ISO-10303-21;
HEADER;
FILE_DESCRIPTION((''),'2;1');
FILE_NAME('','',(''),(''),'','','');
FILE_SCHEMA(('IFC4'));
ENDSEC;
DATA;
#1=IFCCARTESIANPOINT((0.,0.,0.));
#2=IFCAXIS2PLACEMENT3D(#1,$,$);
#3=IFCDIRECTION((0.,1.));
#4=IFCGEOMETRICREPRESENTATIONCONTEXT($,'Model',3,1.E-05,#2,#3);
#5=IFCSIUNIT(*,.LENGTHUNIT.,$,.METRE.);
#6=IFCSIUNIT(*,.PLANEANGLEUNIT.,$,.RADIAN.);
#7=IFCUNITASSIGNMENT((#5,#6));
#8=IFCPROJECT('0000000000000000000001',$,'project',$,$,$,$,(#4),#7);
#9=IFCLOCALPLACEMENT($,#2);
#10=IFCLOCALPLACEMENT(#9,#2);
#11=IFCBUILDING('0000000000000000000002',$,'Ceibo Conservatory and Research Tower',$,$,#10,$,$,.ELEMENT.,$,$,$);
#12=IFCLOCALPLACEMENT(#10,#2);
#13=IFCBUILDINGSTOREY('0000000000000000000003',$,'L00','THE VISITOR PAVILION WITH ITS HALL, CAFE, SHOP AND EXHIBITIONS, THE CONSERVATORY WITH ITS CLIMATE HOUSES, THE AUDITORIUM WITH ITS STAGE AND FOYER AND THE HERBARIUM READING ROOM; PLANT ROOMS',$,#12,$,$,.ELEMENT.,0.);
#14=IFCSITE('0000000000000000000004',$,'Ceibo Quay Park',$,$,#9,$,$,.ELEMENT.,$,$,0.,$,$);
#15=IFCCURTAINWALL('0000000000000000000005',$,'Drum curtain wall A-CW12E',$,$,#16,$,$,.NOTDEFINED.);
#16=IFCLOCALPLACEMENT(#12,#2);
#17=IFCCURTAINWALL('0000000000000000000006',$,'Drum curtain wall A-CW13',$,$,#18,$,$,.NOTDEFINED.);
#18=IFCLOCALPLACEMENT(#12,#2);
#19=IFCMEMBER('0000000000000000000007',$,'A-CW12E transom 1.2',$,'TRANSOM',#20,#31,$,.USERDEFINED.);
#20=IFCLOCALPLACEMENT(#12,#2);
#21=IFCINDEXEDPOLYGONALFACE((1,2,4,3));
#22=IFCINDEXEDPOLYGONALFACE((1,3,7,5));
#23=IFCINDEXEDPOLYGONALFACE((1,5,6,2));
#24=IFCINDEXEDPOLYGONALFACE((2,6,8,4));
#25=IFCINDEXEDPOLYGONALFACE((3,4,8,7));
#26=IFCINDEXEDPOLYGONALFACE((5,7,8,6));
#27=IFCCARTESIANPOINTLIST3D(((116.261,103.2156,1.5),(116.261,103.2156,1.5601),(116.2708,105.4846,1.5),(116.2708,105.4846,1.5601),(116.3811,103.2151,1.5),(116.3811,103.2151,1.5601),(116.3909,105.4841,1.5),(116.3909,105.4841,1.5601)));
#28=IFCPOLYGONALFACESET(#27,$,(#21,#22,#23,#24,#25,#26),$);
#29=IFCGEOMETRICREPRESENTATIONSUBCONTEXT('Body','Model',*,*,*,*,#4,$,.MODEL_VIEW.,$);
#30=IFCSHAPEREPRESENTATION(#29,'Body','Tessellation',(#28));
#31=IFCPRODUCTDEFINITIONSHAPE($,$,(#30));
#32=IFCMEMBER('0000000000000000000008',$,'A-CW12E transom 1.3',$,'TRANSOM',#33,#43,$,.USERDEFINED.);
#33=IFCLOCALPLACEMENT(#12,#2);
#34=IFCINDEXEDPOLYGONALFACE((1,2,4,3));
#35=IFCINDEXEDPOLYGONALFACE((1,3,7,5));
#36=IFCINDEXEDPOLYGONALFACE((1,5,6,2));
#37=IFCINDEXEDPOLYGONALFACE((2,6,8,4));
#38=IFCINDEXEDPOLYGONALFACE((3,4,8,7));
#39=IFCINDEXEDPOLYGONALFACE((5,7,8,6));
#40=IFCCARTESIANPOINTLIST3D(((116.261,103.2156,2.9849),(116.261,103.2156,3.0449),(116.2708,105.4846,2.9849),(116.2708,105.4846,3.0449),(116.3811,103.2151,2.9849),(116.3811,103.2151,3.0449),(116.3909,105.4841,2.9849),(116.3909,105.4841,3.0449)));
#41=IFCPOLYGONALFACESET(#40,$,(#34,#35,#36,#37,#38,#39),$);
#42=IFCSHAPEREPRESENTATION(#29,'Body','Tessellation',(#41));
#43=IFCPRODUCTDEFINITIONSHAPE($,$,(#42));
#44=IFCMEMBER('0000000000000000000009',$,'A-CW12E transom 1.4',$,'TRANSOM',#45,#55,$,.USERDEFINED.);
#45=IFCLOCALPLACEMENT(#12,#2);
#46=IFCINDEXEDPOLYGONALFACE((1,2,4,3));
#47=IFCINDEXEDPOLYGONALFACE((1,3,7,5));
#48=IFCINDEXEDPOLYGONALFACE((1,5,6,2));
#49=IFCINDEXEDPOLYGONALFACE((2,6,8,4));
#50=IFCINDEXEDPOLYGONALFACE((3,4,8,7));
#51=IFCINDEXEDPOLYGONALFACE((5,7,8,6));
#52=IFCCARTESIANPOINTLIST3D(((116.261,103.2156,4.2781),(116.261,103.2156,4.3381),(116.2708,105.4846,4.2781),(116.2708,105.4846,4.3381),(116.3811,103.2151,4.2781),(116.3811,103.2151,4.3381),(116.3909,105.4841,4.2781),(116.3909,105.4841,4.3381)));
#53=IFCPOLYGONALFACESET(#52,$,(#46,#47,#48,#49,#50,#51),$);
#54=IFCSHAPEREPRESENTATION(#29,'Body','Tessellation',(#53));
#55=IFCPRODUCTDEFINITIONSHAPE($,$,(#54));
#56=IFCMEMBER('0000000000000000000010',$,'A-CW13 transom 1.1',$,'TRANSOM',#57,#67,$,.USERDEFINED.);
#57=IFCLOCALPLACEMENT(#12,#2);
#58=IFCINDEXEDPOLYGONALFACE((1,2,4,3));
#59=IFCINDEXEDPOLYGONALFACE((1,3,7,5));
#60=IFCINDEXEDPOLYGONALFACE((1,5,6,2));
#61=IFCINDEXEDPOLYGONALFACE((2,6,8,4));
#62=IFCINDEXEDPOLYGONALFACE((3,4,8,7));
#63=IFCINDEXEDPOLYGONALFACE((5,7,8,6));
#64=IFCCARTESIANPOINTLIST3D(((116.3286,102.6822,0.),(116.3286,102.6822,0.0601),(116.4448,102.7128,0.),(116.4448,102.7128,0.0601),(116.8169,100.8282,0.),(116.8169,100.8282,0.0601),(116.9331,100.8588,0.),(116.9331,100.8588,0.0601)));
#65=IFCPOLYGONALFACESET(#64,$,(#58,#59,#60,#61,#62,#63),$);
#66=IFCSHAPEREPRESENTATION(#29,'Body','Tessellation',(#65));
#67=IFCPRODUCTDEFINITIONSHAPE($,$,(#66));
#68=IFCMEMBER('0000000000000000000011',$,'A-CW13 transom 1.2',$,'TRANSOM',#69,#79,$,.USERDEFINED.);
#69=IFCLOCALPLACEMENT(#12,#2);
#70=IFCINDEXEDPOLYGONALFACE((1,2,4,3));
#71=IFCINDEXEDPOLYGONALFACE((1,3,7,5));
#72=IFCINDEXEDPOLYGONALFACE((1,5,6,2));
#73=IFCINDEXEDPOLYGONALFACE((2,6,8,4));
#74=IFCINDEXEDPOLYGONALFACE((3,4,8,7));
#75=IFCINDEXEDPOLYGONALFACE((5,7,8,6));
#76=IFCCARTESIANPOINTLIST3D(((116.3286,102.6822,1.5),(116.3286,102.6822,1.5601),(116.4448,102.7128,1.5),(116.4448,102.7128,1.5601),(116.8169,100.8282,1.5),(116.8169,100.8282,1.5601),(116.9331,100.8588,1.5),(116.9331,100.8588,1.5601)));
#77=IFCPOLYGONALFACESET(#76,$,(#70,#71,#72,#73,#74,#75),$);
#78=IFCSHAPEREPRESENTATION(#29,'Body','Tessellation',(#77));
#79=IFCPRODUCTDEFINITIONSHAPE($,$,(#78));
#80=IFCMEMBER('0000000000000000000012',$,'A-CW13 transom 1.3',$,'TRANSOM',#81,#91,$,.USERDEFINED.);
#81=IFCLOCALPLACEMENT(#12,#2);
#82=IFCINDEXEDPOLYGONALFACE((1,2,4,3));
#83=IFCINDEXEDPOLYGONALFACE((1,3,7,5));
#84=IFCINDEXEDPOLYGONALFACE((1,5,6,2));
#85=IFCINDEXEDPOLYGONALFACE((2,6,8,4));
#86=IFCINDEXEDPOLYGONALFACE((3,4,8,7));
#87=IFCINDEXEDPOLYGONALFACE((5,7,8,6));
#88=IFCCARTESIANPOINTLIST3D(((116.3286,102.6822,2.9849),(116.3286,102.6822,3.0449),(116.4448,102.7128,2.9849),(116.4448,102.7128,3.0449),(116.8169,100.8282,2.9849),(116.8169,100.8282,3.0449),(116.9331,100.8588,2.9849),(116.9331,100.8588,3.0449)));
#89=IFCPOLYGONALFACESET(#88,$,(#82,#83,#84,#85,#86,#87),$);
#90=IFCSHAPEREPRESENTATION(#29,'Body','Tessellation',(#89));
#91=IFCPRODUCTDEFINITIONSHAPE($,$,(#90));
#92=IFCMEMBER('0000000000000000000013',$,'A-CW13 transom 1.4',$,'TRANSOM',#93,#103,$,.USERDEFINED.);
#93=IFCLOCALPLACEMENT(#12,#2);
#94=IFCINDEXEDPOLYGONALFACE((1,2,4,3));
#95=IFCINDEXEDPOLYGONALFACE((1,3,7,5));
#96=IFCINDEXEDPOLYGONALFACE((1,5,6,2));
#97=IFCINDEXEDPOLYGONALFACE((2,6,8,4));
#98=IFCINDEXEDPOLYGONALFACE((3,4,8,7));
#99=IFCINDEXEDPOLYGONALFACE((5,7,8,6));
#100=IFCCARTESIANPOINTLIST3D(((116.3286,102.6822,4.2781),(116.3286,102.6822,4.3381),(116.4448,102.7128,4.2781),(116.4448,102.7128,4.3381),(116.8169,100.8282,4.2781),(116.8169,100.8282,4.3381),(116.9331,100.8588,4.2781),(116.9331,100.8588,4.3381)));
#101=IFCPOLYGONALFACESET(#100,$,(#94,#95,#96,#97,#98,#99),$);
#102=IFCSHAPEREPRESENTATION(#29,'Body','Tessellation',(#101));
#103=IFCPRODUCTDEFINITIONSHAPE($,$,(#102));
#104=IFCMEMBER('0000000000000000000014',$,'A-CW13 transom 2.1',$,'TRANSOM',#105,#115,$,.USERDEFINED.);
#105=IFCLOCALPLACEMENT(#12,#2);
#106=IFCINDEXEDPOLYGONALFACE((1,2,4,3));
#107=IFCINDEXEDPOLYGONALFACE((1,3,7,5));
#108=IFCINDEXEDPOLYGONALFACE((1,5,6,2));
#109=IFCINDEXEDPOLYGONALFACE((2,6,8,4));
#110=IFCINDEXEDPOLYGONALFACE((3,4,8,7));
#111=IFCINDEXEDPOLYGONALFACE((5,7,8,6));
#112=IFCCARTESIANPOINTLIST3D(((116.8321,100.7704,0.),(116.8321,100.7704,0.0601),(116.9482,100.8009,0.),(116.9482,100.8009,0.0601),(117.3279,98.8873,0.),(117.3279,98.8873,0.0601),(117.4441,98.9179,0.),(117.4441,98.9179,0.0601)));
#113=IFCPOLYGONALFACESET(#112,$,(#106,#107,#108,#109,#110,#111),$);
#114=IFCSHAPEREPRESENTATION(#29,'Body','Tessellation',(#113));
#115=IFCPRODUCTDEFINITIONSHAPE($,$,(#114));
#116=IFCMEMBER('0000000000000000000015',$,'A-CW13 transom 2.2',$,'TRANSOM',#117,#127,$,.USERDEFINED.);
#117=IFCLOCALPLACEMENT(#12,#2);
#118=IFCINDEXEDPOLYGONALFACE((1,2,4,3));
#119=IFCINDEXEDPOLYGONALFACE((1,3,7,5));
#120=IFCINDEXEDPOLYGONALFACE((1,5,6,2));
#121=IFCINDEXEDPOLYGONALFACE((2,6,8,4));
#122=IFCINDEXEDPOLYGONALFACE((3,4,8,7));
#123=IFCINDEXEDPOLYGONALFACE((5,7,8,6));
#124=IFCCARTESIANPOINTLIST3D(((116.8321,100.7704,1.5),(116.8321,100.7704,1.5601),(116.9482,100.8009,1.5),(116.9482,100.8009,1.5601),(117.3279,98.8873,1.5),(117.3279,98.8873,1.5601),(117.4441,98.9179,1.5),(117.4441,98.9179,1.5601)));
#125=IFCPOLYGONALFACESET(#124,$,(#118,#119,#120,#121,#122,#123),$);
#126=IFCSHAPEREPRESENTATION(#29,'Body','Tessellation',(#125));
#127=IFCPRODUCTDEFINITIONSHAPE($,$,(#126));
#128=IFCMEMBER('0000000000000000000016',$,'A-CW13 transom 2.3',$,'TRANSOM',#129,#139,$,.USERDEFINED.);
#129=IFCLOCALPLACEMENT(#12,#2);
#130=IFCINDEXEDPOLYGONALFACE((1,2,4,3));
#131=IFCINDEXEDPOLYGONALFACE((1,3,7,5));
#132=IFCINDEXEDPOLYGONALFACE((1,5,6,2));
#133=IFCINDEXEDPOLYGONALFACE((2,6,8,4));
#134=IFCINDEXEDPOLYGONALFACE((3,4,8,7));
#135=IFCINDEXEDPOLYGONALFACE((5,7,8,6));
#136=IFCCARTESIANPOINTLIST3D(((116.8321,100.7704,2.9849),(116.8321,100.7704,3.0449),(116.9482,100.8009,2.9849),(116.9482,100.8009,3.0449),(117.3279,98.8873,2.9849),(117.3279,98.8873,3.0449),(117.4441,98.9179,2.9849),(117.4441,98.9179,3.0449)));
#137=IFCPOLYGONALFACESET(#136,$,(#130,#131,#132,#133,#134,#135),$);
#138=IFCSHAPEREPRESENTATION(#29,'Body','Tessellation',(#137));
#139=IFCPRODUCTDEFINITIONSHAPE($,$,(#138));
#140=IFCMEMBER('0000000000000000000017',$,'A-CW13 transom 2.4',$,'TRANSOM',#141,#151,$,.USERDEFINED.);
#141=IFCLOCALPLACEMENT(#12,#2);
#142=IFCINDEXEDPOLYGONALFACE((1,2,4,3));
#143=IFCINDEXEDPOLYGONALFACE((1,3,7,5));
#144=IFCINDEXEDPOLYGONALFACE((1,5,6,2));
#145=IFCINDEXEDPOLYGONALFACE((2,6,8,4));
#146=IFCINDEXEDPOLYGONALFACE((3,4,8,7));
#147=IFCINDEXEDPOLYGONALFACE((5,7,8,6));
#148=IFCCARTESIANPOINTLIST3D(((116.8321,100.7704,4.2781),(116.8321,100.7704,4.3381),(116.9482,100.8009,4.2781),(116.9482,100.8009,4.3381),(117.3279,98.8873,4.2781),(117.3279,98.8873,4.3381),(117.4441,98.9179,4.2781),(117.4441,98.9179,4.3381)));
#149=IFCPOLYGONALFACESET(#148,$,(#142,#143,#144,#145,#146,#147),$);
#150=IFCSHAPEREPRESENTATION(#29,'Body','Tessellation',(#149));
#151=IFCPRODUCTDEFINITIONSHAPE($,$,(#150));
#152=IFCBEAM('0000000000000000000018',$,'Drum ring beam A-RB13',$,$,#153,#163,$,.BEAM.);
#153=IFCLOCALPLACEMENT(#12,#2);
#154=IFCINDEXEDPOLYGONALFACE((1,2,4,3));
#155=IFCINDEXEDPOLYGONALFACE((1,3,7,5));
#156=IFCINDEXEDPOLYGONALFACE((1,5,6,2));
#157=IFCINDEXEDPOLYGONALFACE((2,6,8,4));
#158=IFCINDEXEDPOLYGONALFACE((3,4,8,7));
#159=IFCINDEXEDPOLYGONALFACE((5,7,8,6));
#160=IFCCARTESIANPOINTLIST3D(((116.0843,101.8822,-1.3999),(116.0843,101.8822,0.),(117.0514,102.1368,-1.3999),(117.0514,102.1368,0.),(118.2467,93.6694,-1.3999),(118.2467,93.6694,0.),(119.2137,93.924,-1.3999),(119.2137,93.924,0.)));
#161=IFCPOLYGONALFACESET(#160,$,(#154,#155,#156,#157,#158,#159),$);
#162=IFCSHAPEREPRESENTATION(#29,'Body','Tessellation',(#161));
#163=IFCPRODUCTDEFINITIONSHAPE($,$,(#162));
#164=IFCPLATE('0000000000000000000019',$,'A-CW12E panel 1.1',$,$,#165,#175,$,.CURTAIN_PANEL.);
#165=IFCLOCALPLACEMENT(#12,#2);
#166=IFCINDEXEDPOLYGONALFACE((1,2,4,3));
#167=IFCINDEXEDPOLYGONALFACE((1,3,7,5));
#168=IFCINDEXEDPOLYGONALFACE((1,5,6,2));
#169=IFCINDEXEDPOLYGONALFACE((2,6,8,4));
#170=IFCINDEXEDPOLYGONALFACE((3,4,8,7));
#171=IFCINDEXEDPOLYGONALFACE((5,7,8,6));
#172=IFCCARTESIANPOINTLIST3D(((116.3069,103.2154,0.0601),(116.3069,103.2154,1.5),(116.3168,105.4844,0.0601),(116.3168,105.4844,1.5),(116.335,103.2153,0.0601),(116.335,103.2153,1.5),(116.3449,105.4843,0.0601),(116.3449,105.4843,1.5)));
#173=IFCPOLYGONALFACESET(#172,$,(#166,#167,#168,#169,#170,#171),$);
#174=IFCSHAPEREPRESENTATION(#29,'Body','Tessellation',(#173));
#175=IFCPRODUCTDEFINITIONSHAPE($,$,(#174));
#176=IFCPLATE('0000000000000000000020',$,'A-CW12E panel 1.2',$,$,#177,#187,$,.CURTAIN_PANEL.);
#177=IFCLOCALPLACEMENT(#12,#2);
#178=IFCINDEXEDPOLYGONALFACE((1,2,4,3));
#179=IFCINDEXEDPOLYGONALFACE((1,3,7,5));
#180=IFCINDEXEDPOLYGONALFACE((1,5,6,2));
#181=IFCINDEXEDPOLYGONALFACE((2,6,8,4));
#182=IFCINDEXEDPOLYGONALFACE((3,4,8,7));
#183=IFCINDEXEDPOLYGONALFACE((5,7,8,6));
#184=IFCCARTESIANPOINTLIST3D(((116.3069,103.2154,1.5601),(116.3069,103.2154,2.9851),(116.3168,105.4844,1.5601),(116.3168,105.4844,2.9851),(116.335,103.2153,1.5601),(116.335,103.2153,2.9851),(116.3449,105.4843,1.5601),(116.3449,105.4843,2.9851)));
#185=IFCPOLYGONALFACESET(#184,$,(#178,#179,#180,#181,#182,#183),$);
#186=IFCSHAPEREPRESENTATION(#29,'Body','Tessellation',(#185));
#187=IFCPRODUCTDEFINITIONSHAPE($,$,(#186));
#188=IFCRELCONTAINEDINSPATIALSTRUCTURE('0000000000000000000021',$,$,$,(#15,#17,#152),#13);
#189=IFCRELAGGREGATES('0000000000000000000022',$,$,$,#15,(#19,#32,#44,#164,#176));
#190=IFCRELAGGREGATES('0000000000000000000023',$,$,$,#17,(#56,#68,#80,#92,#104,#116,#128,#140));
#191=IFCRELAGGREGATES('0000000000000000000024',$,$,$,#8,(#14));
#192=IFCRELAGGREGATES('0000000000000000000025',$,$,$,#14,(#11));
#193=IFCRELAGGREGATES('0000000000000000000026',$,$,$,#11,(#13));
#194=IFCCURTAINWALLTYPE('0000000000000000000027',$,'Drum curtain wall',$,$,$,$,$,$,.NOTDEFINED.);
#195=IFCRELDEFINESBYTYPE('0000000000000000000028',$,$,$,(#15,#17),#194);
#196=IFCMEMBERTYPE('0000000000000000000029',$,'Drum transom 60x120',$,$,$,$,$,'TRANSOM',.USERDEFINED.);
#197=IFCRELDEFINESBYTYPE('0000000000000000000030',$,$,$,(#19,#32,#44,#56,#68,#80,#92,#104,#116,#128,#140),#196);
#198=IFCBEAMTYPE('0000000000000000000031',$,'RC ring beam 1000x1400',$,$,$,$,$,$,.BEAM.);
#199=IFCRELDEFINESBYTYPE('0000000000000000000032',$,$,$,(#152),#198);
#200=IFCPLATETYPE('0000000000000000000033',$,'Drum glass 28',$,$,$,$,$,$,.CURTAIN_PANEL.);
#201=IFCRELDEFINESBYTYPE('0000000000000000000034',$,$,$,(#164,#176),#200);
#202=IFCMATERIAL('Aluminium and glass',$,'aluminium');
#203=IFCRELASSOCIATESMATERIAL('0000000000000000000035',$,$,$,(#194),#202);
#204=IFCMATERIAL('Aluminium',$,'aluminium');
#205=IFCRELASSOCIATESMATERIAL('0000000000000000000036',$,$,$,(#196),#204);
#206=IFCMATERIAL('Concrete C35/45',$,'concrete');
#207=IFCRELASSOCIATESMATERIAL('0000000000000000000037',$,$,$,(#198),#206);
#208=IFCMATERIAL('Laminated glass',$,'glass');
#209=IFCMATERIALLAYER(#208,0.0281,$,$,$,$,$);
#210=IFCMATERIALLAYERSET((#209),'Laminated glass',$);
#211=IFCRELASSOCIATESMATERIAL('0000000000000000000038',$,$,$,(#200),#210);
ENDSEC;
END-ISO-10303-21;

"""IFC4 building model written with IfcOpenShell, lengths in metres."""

from ifc_helpers import new_model, si_unit, direction, frame, origin, origin_2d, place, context, subcontext, project, spatial, rectangle, extrude, material, layer, layer_set, material_profile, profile_set, type_object, element, aggregate, save


model = new_model("IFC4")

# Units and contexts
model_context = context("Model", 3, precision=1e-05, world=origin(), true_north=direction((0.0, 1.0)))
body_context = subcontext(model_context, "Body", "Model", "MODEL_VIEW")
ifc_project = project(units=[si_unit("LENGTHUNIT", "METRE"), si_unit("PLANEANGLEUNIT", "RADIAN")], contexts=[model_context])

# Site, building, storey
site_placement = place(None, origin())
site = spatial("IfcSite", under=ifc_project, at=site_placement, Name="Ceibo Quay Park", CompositionType="ELEMENT", RefElevation=0.0)
building_placement = place(site_placement, origin())
building = spatial("IfcBuilding", under=site, at=building_placement, Name="Ceibo Conservatory and Research Tower", CompositionType="ELEMENT")
storey_placement = place(building_placement, origin())
storey = spatial("IfcBuildingStorey", under=building, at=storey_placement, Name="L00", Description="THE VISITOR PAVILION WITH ITS HALL, CAFE, SHOP AND EXHIBITIONS, THE CONSERVATORY WITH ITS CLIMATE HOUSES, THE AUDITORIUM WITH ITS STAGE AND FOYER AND THE HERBARIUM READING ROOM; PLANT ROOMS", CompositionType="ELEMENT", Elevation=0.0)

# Shared definitions
ifc_material_1 = material(Name="Concrete C35/45", Category="concrete")

# Curtain wall
ifc_material_2 = material(Name="Aluminium and glass", Category="aluminium")
curtain_wall_type = type_object("IfcCurtainWallType", Name="Drum curtain wall", PredefinedType="NOTDEFINED", material=ifc_material_2)
ifc_material_3 = material(Name="Aluminium", Category="aluminium")
curtain_wall_1_placement = place(storey_placement, origin())
curtain_wall_1 = element("IfcCurtainWall", 1, at=curtain_wall_1_placement, inside=storey, type_object=curtain_wall_type, Name="Drum curtain wall A-CW12E", PredefinedType="NOTDEFINED")

# Curtain wall
curtain_wall_2_placement = place(storey_placement, origin())
curtain_wall_2 = element("IfcCurtainWall", 2, at=curtain_wall_2_placement, inside=storey, type_object=curtain_wall_type, Name="Drum curtain wall A-CW13", PredefinedType="NOTDEFINED")

# Members
ifc_material_profile_1 = material_profile(ifc_material_3, rectangle(XDim=0.1201, YDim=0.0601, at=origin_2d()), Name="AL 60x120")
ifc_profile_set_1 = profile_set([ifc_material_profile_1], Name="Aluminium")
member_type_1 = type_object("IfcMemberType", Name="Drum transom 60x120", ElementType="TRANSOM", PredefinedType="USERDEFINED", material=ifc_profile_set_1)
member_1_placement = place(storey_placement, frame((116.3308, 105.4844, 1.53), z_axis=(-0.004304, -0.999991, 0.0), x_axis=(0.999991, -0.004304, 0.0)))
member_1 = element("IfcMember", 3, at=member_1_placement, type_object=member_type_1, Name="A-CW12E transom 1.2", ObjectType="TRANSOM", PredefinedType="USERDEFINED", context=body_context, shape_type="SweptSolid", body=[
    extrude(rectangle(XDim=0.1201, YDim=0.0601, at=origin_2d()), origin(), (0.0, 0.0, 1.0), 2.269),
])
member_2_placement = place(storey_placement, frame((116.3308, 105.4844, 3.0149), z_axis=(-0.004304, -0.999991, 0.0), x_axis=(0.999991, -0.004304, 0.0)))
member_2 = element("IfcMember", 4, at=member_2_placement, type_object=member_type_1, Name="A-CW12E transom 1.3", ObjectType="TRANSOM", PredefinedType="USERDEFINED", context=body_context, shape_type="SweptSolid", body=[
    extrude(rectangle(XDim=0.1201, YDim=0.0601, at=origin_2d()), origin(), (0.0, 0.0, 1.0), 2.269),
])
member_3_placement = place(storey_placement, frame((116.3308, 105.4844, 4.3081), z_axis=(-0.004304, -0.999991, 0.0), x_axis=(0.999991, -0.004304, 0.0)))
member_3 = element("IfcMember", 5, at=member_3_placement, type_object=member_type_1, Name="A-CW12E transom 1.4", ObjectType="TRANSOM", PredefinedType="USERDEFINED", context=body_context, shape_type="SweptSolid", body=[
    extrude(rectangle(XDim=0.1201, YDim=0.0601, at=origin_2d()), origin(), (0.0, 0.0, 1.0), 2.269),
])
member_4_placement = place(storey_placement, frame((116.3867, 102.6975, 0.03), z_axis=(0.254681, -0.967025, 0.0), x_axis=(0.967025, 0.254681, 0.0)))
member_4 = element("IfcMember", 6, at=member_4_placement, type_object=member_type_1, Name="A-CW13 transom 1.1", ObjectType="TRANSOM", PredefinedType="USERDEFINED", context=body_context, shape_type="SweptSolid", body=[
    extrude(rectangle(XDim=0.1201, YDim=0.0601, at=origin_2d()), origin(), (0.0, 0.0, 1.0), 1.9172),
])
member_5_placement = place(storey_placement, frame((116.3867, 102.6975, 1.53), z_axis=(0.254681, -0.967025, 0.0), x_axis=(0.967025, 0.254681, 0.0)))
member_5 = element("IfcMember", 7, at=member_5_placement, type_object=member_type_1, Name="A-CW13 transom 1.2", ObjectType="TRANSOM", PredefinedType="USERDEFINED", context=body_context, shape_type="SweptSolid", body=[
    extrude(rectangle(XDim=0.1201, YDim=0.0601, at=origin_2d()), origin(), (0.0, 0.0, 1.0), 1.9172),
])
member_6_placement = place(storey_placement, frame((116.3867, 102.6975, 3.0149), z_axis=(0.254681, -0.967025, 0.0), x_axis=(0.967025, 0.254681, 0.0)))
member_6 = element("IfcMember", 8, at=member_6_placement, type_object=member_type_1, Name="A-CW13 transom 1.3", ObjectType="TRANSOM", PredefinedType="USERDEFINED", context=body_context, shape_type="SweptSolid", body=[
    extrude(rectangle(XDim=0.1201, YDim=0.0601, at=origin_2d()), origin(), (0.0, 0.0, 1.0), 1.9172),
])
member_7_placement = place(storey_placement, frame((116.3867, 102.6975, 4.3081), z_axis=(0.254681, -0.967025, 0.0), x_axis=(0.967025, 0.254681, 0.0)))
member_7 = element("IfcMember", 9, at=member_7_placement, type_object=member_type_1, Name="A-CW13 transom 1.4", ObjectType="TRANSOM", PredefinedType="USERDEFINED", context=body_context, shape_type="SweptSolid", body=[
    extrude(rectangle(XDim=0.1201, YDim=0.0601, at=origin_2d()), origin(), (0.0, 0.0, 1.0), 1.9172),
])
member_8_placement = place(storey_placement, frame((116.8901, 100.7856, 0.03), z_axis=(0.254641, -0.967036, 0.0), x_axis=(0.967036, 0.254641, 0.0)))
member_8 = element("IfcMember", 10, at=member_8_placement, type_object=member_type_1, Name="A-CW13 transom 2.1", ObjectType="TRANSOM", PredefinedType="USERDEFINED", context=body_context, shape_type="SweptSolid", body=[
    extrude(rectangle(XDim=0.1201, YDim=0.0601, at=origin_2d()), origin(), (0.0, 0.0, 1.0), 1.9473),
])
member_9_placement = place(storey_placement, frame((116.8901, 100.7856, 1.53), z_axis=(0.254641, -0.967036, 0.0), x_axis=(0.967036, 0.254641, 0.0)))
member_9 = element("IfcMember", 11, at=member_9_placement, type_object=member_type_1, Name="A-CW13 transom 2.2", ObjectType="TRANSOM", PredefinedType="USERDEFINED", context=body_context, shape_type="SweptSolid", body=[
    extrude(rectangle(XDim=0.1201, YDim=0.0601, at=origin_2d()), origin(), (0.0, 0.0, 1.0), 1.9473),
])
member_10_placement = place(storey_placement, frame((116.8901, 100.7856, 3.0149), z_axis=(0.254641, -0.967036, 0.0), x_axis=(0.967036, 0.254641, 0.0)))
member_10 = element("IfcMember", 12, at=member_10_placement, type_object=member_type_1, Name="A-CW13 transom 2.3", ObjectType="TRANSOM", PredefinedType="USERDEFINED", context=body_context, shape_type="SweptSolid", body=[
    extrude(rectangle(XDim=0.1201, YDim=0.0601, at=origin_2d()), origin(), (0.0, 0.0, 1.0), 1.9473),
])
member_11_placement = place(storey_placement, frame((116.8901, 100.7856, 4.3081), z_axis=(0.254641, -0.967036, 0.0), x_axis=(0.967036, 0.254641, 0.0)))
member_11 = element("IfcMember", 13, at=member_11_placement, type_object=member_type_1, Name="A-CW13 transom 2.4", ObjectType="TRANSOM", PredefinedType="USERDEFINED", context=body_context, shape_type="SweptSolid", body=[
    extrude(rectangle(XDim=0.1201, YDim=0.0601, at=origin_2d()), origin(), (0.0, 0.0, 1.0), 1.9473),
])

# Beam
ifc_material_profile_2 = material_profile(ifc_material_1, rectangle(XDim=1.0, YDim=1.3999, at=origin_2d()), Name="RC 1000x1400")
ifc_profile_set_2 = profile_set([ifc_material_profile_2], Name="Concrete C35/45")
beam_type = type_object("IfcBeamType", Name="RC ring beam 1000x1400", PredefinedType="BEAM", material=ifc_profile_set_2)
beam_placement = place(storey_placement, frame((116.5679, 102.0095, -0.7), z_axis=(0.254611, -0.967044, 0.0), x_axis=(0.967044, 0.254611, 0.0)))
element("IfcBeam", 14, at=beam_placement, inside=storey, type_object=beam_type, Name="Drum ring beam A-RB13", PredefinedType="BEAM", context=body_context, shape_type="SweptSolid", body=[
    extrude(rectangle(XDim=1.0, YDim=1.3999, at=origin_2d()), origin(), (0.0, 0.0, 1.0), 8.4927),
])

# Plates
ifc_material_4 = material(Name="Laminated glass", Category="glass")
ifc_layer_1 = layer(ifc_material_4, 0.0281)
ifc_layer_set_1 = layer_set([ifc_layer_1], Name="Laminated glass")
plate_type = type_object("IfcPlateType", Name="Drum glass 28", PredefinedType="CURTAIN_PANEL", material=ifc_layer_set_1)
plate_1_placement = place(storey_placement, frame((116.3259, 104.3499, 0.0601), z_axis=(0.0, 0.0, 1.0), x_axis=(-0.004363, -0.99999, 0.0)))
plate_1 = element("IfcPlate", 15, at=plate_1_placement, type_object=plate_type, Name="A-CW12E panel 1.1", PredefinedType="CURTAIN_PANEL", context=body_context, shape_type="SweptSolid", body=[
    extrude(rectangle(XDim=2.269, YDim=0.0281, at=origin_2d()), origin(), (0.0, 0.0, 1.0), 1.4399),
])
plate_2_placement = place(storey_placement, frame((116.3259, 104.3499, 1.5601), z_axis=(0.0, 0.0, 1.0), x_axis=(-0.004363, -0.99999, 0.0)))
plate_2 = element("IfcPlate", 16, at=plate_2_placement, type_object=plate_type, Name="A-CW12E panel 1.2", PredefinedType="CURTAIN_PANEL", context=body_context, shape_type="SweptSolid", body=[
    extrude(rectangle(XDim=2.269, YDim=0.0281, at=origin_2d()), origin(), (0.0, 0.0, 1.0), 1.425),
])
aggregate(curtain_wall_1, [member_1, member_2, member_3, plate_1, plate_2])
aggregate(curtain_wall_2, [member_4, member_5, member_6, member_7, member_8, member_9, member_10, member_11])

save(model, "model.ifc")
